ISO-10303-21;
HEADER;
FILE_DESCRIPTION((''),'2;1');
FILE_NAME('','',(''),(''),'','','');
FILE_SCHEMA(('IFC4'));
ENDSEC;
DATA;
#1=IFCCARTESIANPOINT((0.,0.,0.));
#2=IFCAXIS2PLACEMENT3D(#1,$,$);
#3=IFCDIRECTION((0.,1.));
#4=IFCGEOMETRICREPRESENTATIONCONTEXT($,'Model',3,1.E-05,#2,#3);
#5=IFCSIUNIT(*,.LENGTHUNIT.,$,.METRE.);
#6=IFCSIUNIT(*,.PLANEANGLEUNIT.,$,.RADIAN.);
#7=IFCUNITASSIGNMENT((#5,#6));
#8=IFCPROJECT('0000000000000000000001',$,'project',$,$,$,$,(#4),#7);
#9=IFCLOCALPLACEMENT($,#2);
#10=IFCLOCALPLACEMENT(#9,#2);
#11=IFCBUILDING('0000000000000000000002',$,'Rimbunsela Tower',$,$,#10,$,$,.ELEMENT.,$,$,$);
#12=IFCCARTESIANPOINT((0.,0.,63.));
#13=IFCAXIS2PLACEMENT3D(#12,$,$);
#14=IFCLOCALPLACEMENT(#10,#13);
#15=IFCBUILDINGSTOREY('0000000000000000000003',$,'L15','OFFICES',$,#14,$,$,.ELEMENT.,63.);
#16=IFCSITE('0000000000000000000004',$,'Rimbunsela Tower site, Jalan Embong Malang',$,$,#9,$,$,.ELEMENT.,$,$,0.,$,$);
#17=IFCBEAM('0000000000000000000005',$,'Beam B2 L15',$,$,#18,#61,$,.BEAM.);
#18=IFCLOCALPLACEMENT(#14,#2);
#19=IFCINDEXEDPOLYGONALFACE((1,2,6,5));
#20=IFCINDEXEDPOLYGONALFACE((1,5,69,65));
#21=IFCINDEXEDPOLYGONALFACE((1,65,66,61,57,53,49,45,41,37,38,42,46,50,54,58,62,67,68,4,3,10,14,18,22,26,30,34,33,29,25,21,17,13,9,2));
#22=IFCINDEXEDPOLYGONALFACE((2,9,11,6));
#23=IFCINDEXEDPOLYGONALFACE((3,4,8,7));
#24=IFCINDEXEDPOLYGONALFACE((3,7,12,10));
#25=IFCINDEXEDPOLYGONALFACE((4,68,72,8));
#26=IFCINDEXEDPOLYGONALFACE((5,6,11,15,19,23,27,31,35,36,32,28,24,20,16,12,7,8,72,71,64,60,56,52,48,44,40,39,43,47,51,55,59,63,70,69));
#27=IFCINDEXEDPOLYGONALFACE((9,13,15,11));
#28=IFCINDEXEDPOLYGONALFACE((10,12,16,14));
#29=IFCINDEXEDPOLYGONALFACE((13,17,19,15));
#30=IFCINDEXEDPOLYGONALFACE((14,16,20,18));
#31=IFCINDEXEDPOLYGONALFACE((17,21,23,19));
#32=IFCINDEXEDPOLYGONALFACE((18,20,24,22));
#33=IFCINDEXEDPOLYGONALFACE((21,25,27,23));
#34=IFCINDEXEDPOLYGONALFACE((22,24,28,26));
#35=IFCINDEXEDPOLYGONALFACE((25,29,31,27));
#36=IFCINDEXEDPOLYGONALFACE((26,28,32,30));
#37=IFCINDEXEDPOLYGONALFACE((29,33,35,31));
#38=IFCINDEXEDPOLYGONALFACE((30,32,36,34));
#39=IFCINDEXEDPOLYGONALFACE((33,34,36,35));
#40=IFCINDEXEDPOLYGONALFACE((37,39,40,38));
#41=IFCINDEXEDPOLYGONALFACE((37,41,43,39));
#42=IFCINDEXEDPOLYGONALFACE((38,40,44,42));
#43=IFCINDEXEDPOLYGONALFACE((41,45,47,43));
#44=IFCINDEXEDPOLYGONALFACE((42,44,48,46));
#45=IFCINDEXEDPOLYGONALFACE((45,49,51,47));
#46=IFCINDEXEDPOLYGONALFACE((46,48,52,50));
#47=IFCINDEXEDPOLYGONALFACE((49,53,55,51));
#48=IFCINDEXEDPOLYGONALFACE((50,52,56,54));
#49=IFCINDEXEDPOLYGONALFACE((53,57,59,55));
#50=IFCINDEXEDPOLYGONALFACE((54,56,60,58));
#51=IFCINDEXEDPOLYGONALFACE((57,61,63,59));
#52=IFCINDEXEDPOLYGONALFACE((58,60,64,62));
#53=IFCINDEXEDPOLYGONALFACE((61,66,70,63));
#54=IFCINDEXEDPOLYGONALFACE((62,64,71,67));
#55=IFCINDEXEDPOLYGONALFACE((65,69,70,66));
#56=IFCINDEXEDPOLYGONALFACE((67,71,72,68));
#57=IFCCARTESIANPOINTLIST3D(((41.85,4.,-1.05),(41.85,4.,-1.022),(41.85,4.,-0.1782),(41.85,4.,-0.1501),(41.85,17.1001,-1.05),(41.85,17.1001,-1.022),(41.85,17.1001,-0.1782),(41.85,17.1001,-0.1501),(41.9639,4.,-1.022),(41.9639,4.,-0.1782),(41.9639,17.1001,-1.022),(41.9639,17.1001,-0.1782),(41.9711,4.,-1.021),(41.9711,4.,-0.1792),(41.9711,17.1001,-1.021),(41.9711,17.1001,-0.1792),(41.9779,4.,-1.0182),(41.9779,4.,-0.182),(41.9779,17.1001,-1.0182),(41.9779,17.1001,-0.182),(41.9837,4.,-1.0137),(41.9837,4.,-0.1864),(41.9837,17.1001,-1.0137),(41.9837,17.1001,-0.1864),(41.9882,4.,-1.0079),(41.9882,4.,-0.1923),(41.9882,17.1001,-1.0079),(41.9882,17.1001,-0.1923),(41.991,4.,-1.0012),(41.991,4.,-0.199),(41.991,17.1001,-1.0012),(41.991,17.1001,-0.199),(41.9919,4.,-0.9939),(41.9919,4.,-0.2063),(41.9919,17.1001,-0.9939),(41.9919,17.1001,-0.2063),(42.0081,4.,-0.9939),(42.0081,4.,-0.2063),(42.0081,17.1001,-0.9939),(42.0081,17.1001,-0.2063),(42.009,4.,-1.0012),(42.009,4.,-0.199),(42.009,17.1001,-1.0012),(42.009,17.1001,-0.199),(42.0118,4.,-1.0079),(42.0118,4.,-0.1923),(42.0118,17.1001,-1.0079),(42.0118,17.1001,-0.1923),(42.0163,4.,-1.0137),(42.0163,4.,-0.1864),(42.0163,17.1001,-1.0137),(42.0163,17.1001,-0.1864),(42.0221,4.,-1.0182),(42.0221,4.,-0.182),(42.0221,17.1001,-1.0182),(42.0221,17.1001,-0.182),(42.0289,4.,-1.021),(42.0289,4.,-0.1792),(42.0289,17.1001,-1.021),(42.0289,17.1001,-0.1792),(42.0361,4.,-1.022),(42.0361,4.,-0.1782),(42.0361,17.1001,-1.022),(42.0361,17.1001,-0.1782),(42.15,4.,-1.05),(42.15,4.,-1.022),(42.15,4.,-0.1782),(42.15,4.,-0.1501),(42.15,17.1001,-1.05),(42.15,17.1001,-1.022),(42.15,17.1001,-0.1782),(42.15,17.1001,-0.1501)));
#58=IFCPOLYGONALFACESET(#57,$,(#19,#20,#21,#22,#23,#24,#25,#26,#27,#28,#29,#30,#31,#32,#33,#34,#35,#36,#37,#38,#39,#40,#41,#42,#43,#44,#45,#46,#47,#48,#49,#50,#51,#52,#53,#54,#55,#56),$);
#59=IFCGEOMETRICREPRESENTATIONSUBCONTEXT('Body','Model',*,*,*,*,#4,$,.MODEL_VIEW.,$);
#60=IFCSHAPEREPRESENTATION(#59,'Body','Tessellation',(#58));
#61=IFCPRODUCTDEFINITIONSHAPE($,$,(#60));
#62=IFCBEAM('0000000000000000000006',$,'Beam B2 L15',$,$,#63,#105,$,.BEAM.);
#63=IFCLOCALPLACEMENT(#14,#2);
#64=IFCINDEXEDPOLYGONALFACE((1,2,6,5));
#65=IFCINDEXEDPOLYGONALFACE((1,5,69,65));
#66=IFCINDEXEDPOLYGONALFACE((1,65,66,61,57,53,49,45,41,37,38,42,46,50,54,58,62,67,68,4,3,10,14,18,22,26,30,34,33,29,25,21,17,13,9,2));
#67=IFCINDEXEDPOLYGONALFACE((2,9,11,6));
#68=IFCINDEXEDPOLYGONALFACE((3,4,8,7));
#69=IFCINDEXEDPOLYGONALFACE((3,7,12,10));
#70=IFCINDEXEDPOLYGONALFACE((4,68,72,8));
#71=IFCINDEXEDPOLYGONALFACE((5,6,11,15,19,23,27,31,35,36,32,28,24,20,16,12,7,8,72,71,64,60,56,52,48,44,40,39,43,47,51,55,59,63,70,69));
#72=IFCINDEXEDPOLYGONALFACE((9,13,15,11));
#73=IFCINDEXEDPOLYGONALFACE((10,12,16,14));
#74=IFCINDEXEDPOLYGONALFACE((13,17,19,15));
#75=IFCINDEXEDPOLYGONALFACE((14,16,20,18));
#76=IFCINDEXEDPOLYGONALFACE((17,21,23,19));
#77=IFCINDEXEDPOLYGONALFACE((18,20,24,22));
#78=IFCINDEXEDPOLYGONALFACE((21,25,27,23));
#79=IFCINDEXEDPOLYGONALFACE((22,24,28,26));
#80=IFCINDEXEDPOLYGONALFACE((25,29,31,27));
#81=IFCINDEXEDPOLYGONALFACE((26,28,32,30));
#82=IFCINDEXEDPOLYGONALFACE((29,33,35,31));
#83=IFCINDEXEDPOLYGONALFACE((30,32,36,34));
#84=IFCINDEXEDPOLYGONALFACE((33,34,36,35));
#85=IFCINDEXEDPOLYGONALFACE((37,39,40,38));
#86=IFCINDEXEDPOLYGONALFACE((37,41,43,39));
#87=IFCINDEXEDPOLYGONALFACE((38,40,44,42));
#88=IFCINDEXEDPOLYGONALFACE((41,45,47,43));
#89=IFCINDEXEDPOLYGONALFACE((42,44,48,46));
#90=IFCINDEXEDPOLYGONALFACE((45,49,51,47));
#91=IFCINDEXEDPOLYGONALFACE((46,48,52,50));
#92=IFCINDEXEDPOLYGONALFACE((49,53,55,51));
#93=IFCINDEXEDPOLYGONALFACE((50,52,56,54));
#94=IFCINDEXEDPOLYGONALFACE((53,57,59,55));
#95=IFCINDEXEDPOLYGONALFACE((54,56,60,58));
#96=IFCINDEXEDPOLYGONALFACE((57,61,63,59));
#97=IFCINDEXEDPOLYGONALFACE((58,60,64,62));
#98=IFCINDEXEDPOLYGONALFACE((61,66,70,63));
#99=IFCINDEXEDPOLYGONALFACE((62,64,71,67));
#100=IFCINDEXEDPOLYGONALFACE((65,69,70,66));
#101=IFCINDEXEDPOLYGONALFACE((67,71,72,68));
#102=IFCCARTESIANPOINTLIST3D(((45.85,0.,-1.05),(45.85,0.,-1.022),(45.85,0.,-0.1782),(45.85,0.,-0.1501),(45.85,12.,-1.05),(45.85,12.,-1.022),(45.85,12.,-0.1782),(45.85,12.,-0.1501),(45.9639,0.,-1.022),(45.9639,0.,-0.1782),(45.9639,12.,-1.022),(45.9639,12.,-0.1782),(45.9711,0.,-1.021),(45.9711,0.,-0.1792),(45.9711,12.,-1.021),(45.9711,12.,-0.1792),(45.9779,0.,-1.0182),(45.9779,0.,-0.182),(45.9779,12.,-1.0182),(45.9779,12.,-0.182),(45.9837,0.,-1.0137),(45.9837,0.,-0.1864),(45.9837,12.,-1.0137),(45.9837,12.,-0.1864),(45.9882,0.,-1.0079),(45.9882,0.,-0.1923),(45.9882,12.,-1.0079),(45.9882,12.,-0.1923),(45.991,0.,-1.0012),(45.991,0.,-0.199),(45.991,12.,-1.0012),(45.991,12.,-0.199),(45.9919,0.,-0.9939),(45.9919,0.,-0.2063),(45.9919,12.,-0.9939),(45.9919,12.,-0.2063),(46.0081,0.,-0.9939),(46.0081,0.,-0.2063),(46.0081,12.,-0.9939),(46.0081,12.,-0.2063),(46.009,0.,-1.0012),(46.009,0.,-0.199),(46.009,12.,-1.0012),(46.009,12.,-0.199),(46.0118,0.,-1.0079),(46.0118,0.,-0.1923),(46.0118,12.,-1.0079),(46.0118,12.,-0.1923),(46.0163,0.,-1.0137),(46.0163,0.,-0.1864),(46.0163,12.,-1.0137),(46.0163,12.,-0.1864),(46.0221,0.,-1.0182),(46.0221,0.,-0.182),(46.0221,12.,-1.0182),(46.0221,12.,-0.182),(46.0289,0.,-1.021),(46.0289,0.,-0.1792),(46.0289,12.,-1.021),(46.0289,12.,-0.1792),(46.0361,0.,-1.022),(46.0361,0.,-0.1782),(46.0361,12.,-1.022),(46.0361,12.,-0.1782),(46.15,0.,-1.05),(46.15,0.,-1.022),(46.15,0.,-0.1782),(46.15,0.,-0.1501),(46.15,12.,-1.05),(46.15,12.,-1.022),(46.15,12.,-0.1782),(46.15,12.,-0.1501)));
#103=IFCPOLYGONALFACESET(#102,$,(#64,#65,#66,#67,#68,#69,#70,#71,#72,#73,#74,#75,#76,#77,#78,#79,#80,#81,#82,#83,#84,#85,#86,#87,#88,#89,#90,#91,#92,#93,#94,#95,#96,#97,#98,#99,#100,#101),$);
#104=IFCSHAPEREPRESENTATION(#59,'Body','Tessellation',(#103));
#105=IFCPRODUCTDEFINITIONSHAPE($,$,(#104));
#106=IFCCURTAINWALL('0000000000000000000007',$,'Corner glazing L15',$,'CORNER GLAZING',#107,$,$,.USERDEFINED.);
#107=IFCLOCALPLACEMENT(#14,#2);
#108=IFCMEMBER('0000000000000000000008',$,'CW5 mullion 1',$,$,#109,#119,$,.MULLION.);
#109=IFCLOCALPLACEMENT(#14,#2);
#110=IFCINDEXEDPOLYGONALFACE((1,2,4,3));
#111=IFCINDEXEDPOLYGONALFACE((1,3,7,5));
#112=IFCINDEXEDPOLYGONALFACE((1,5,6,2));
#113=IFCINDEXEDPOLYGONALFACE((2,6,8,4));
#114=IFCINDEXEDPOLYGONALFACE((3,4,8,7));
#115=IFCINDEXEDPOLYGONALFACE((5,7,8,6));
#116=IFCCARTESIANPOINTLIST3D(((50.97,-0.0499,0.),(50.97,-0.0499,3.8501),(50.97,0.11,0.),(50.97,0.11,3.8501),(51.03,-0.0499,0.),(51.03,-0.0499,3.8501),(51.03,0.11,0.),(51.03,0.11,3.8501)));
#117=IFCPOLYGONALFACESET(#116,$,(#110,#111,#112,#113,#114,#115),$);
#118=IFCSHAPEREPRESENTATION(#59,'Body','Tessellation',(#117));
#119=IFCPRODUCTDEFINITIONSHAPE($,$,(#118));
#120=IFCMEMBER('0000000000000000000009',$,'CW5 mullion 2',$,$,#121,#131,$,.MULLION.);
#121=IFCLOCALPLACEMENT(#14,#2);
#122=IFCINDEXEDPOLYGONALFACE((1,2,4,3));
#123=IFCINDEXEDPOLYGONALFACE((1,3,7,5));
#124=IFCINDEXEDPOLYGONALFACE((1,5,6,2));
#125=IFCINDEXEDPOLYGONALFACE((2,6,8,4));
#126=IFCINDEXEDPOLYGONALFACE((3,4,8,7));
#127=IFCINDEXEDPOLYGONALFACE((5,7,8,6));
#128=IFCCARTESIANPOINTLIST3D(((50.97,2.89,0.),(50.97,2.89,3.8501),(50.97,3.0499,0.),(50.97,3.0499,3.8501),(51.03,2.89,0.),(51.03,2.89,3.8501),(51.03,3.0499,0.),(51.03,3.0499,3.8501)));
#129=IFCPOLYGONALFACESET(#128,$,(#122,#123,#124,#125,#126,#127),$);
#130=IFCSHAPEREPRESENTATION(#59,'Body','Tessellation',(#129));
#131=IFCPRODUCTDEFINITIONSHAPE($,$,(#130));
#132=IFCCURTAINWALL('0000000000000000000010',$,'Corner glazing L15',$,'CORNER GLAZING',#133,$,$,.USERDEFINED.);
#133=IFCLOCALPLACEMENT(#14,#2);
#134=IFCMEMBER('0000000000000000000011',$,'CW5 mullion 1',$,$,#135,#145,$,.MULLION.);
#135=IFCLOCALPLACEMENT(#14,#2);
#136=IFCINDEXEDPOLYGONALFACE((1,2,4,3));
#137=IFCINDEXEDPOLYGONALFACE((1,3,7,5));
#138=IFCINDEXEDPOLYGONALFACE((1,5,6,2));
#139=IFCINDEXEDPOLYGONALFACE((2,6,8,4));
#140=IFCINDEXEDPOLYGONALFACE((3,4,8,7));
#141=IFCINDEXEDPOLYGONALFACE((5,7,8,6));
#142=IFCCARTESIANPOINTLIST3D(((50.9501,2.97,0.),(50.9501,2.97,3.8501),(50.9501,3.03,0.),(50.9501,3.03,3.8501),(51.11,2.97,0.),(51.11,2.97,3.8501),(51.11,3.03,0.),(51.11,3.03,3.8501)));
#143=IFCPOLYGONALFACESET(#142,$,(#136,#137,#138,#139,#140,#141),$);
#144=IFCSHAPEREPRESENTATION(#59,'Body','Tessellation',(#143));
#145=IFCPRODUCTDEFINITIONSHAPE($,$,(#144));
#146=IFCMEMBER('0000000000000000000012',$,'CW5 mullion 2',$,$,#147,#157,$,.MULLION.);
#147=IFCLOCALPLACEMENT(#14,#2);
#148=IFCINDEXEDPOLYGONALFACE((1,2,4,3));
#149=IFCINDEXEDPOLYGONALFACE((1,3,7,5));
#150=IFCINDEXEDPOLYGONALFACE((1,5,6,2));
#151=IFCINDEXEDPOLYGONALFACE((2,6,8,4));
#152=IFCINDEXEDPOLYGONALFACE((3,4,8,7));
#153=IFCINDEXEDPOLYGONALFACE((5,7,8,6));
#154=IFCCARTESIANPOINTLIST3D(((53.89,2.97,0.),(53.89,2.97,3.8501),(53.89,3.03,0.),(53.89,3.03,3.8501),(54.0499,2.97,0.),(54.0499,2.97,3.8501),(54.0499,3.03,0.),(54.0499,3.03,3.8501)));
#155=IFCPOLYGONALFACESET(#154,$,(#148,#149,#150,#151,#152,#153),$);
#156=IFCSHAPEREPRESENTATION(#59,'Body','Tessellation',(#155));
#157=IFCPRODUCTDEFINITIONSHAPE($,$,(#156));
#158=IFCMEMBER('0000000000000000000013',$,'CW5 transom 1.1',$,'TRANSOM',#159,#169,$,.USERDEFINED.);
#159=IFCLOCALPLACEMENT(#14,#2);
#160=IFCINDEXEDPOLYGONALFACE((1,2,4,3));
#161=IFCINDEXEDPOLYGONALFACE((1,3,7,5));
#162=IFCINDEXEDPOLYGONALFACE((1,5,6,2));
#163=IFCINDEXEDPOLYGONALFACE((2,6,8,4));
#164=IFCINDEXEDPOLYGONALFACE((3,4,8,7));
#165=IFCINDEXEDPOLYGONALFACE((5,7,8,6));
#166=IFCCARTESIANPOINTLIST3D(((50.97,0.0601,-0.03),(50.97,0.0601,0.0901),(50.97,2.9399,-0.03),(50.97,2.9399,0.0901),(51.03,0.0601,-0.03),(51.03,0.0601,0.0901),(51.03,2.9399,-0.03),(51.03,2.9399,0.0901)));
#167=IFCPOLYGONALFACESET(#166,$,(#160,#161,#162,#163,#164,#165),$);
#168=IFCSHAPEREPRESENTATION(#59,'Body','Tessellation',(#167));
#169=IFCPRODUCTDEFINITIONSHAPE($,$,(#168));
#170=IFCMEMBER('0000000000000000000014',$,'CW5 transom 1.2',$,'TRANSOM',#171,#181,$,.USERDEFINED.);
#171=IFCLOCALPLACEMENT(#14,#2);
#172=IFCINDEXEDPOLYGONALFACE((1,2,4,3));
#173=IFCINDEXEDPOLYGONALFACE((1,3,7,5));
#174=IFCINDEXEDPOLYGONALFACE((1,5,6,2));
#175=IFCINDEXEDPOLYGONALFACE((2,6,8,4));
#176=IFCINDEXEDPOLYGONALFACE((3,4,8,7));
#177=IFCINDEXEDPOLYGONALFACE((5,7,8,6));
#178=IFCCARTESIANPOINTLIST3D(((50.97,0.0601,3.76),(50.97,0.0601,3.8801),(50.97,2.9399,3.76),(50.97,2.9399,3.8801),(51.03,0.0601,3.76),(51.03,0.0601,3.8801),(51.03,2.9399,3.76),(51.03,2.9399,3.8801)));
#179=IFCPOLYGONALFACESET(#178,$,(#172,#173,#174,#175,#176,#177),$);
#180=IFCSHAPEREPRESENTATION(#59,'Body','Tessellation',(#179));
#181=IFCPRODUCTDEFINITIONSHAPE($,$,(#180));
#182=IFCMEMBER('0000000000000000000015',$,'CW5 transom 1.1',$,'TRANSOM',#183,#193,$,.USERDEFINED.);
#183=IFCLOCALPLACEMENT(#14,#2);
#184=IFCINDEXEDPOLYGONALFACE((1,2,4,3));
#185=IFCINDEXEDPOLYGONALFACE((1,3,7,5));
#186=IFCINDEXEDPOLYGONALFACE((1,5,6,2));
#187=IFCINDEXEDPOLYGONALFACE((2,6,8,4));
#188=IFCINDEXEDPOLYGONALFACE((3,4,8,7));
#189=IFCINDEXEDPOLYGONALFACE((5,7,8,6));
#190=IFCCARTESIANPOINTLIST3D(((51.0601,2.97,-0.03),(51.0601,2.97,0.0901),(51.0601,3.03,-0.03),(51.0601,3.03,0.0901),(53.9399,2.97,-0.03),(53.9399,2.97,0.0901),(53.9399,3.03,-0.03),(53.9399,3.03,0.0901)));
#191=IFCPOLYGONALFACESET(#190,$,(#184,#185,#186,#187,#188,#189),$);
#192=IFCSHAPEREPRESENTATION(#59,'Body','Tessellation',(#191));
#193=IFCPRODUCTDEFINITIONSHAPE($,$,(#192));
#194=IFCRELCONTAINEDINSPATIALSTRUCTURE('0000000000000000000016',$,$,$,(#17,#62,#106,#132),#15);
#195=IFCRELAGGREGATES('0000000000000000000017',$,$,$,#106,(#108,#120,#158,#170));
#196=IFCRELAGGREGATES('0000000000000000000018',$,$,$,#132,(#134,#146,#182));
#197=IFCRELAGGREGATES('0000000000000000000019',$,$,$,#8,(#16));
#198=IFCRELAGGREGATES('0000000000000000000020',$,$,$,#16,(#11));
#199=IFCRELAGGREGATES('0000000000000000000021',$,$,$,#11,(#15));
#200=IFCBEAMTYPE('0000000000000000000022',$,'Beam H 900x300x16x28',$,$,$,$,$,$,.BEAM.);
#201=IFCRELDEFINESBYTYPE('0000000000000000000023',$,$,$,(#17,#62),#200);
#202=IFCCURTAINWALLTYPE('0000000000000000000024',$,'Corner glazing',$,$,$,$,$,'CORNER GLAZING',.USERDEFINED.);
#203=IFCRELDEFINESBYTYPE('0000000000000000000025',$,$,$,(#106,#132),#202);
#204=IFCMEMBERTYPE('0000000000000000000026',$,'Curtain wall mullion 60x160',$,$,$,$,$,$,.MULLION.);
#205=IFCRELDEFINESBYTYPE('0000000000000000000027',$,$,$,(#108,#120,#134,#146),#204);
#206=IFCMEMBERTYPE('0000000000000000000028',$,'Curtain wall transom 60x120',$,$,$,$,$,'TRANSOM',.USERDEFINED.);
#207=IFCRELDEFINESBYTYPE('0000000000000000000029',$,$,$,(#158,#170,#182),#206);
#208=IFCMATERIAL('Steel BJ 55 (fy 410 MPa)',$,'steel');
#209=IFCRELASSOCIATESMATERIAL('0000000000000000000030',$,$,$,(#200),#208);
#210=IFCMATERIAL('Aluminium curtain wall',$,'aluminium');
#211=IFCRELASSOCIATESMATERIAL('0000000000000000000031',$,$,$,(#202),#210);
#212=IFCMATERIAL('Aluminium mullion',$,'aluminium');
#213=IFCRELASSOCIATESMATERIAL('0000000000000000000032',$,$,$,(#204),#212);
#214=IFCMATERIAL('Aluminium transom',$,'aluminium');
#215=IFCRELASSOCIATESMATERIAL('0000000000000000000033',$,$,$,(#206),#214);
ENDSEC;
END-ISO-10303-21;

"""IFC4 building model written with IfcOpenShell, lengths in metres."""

from ifc_helpers import new_model, si_unit, direction, frame, origin, origin_2d, place, context, subcontext, project, spatial, rectangle, i_section, extrude, material, material_profile, profile_set, type_object, element, aggregate, save


model = new_model("IFC4")

# Units and contexts
model_context = context("Model", 3, precision=1e-05, world=origin(), true_north=direction((0.0, 1.0)))
body_context = subcontext(model_context, "Body", "Model", "MODEL_VIEW")
ifc_project = project(units=[si_unit("LENGTHUNIT", "METRE"), si_unit("PLANEANGLEUNIT", "RADIAN")], contexts=[model_context])

# Site, building, storey
site_placement = place(None, origin())
site = spatial("IfcSite", under=ifc_project, at=site_placement, Name="Rimbunsela Tower site, Jalan Embong Malang", CompositionType="ELEMENT", RefElevation=0.0)
building_placement = place(site_placement, origin())
building = spatial("IfcBuilding", under=site, at=building_placement, Name="Rimbunsela Tower", CompositionType="ELEMENT")
storey_placement = place(building_placement, frame((0.0, 0.0, 63.0)))
storey = spatial("IfcBuildingStorey", under=building, at=storey_placement, Name="L15", Description="OFFICES", CompositionType="ELEMENT", Elevation=63.0)

# Beams
ifc_material_1 = material(Name="Steel BJ 55 (fy 410 MPa)", Category="steel")
ifc_material_profile_1 = material_profile(ifc_material_1, i_section(OverallWidth=0.3, OverallDepth=0.8999, WebThickness=0.0161, FlangeThickness=0.0281, FilletRadius=0.0281, at=origin_2d()), Name="H 900x300x16x28")
ifc_profile_set_1 = profile_set([ifc_material_profile_1], Name="Steel BJ 55 (fy 410 MPa)")
beam_type_1 = type_object("IfcBeamType", Name="Beam H 900x300x16x28", PredefinedType="BEAM", material=ifc_profile_set_1)
beam_1_placement = place(storey_placement, frame((42.0, 4.0, -0.6001), z_axis=(0.0, 1.0, 0.0), x_axis=(-1.0, 0.0, 0.0)))
element("IfcBeam", 1, at=beam_1_placement, inside=storey, type_object=beam_type_1, Name="Beam B2 L15", PredefinedType="BEAM", context=body_context, shape_type="SweptSolid", body=[
    extrude(i_section(OverallWidth=0.3, OverallDepth=0.8999, WebThickness=0.0161, FlangeThickness=0.0281, FilletRadius=0.0281, at=origin_2d()), origin(), (0.0, 0.0, 1.0), 13.1001),
])
beam_2_placement = place(storey_placement, frame((46.0, 0.0, -0.6001), z_axis=(0.0, 1.0, 0.0), x_axis=(-1.0, 0.0, 0.0)))
element("IfcBeam", 2, at=beam_2_placement, inside=storey, type_object=beam_type_1, Name="Beam B2 L15", PredefinedType="BEAM", context=body_context, shape_type="SweptSolid", body=[
    extrude(i_section(OverallWidth=0.3, OverallDepth=0.8999, WebThickness=0.0161, FlangeThickness=0.0281, FilletRadius=0.0281, at=origin_2d()), origin(), (0.0, 0.0, 1.0), 12.0),
])

# Curtain walls, members
ifc_material_2 = material(Name="Aluminium curtain wall", Category="aluminium")
curtain_wall_type = type_object("IfcCurtainWallType", Name="Corner glazing", ElementType="CORNER GLAZING", PredefinedType="USERDEFINED", material=ifc_material_2)
curtain_wall_1_placement = place(storey_placement, origin())
curtain_wall_1 = element("IfcCurtainWall", 3, at=curtain_wall_1_placement, inside=storey, type_object=curtain_wall_type, Name="Corner glazing L15", ObjectType="CORNER GLAZING", PredefinedType="USERDEFINED")
ifc_material_3 = material(Name="Aluminium mullion", Category="aluminium")
ifc_material_profile_2 = material_profile(ifc_material_3, rectangle(XDim=0.0601, YDim=0.1599, at=origin_2d()), Name="Mullion 60x160")
ifc_profile_set_2 = profile_set([ifc_material_profile_2], Name="Aluminium mullion")
member_type_1 = type_object("IfcMemberType", Name="Curtain wall mullion 60x160", PredefinedType="MULLION", material=ifc_profile_set_2)
member_1_placement = place(storey_placement, frame((51.0, 0.03, 0.0), z_axis=(0.0, 0.0, 1.0), x_axis=(-1.0, 0.0, 0.0)))
member_1 = element("IfcMember", 4, at=member_1_placement, type_object=member_type_1, Name="CW5 mullion 1", PredefinedType="MULLION", context=body_context, shape_type="SweptSolid", body=[
    extrude(rectangle(XDim=0.0601, YDim=0.1599, at=origin_2d()), origin(), (0.0, 0.0, 1.0), 3.8501),
])
member_2_placement = place(storey_placement, frame((51.0, 2.97, 0.0), z_axis=(0.0, 0.0, 1.0), x_axis=(-1.0, 0.0, 0.0)))
member_2 = element("IfcMember", 5, at=member_2_placement, type_object=member_type_1, Name="CW5 mullion 2", PredefinedType="MULLION", context=body_context, shape_type="SweptSolid", body=[
    extrude(rectangle(XDim=0.0601, YDim=0.1599, at=origin_2d()), origin(), (0.0, 0.0, 1.0), 3.8501),
])
curtain_wall_2_placement = place(storey_placement, origin())
curtain_wall_2 = element("IfcCurtainWall", 6, at=curtain_wall_2_placement, inside=storey, type_object=curtain_wall_type, Name="Corner glazing L15", ObjectType="CORNER GLAZING", PredefinedType="USERDEFINED")
member_3_placement = place(storey_placement, frame((51.03, 3.0, 0.0), z_axis=(0.0, 0.0, 1.0), x_axis=(0.0, 1.0, 0.0)))
member_3 = element("IfcMember", 7, at=member_3_placement, type_object=member_type_1, Name="CW5 mullion 1", PredefinedType="MULLION", context=body_context, shape_type="SweptSolid", body=[
    extrude(rectangle(XDim=0.0601, YDim=0.1599, at=origin_2d()), origin(), (0.0, 0.0, 1.0), 3.8501),
])
member_4_placement = place(storey_placement, frame((53.97, 3.0, 0.0), z_axis=(0.0, 0.0, 1.0), x_axis=(0.0, 1.0, 0.0)))
member_4 = element("IfcMember", 8, at=member_4_placement, type_object=member_type_1, Name="CW5 mullion 2", PredefinedType="MULLION", context=body_context, shape_type="SweptSolid", body=[
    extrude(rectangle(XDim=0.0601, YDim=0.1599, at=origin_2d()), origin(), (0.0, 0.0, 1.0), 3.8501),
])

# Members
ifc_material_4 = material(Name="Aluminium transom", Category="aluminium")
ifc_material_profile_3 = material_profile(ifc_material_4, rectangle(XDim=0.0601, YDim=0.1201, at=origin_2d()), Name="Transom 60x120")
ifc_profile_set_3 = profile_set([ifc_material_profile_3], Name="Aluminium transom")
member_type_2 = type_object("IfcMemberType", Name="Curtain wall transom 60x120", ElementType="TRANSOM", PredefinedType="USERDEFINED", material=ifc_profile_set_3)
member_5_placement = place(storey_placement, frame((51.0, 0.0601, 0.03), z_axis=(0.0, 1.0, 0.0), x_axis=(-1.0, 0.0, 0.0)))
member_5 = element("IfcMember", 9, at=member_5_placement, type_object=member_type_2, Name="CW5 transom 1.1", ObjectType="TRANSOM", PredefinedType="USERDEFINED", context=body_context, shape_type="SweptSolid", body=[
    extrude(rectangle(XDim=0.0601, YDim=0.1201, at=origin_2d()), origin(), (0.0, 0.0, 1.0), 2.8799),
])
member_6_placement = place(storey_placement, frame((51.0, 0.0601, 3.8201), z_axis=(0.0, 1.0, 0.0), x_axis=(-1.0, 0.0, 0.0)))
member_6 = element("IfcMember", 10, at=member_6_placement, type_object=member_type_2, Name="CW5 transom 1.2", ObjectType="TRANSOM", PredefinedType="USERDEFINED", context=body_context, shape_type="SweptSolid", body=[
    extrude(rectangle(XDim=0.0601, YDim=0.1201, at=origin_2d()), origin(), (0.0, 0.0, 1.0), 2.8799),
])
member_7_placement = place(storey_placement, frame((51.0601, 3.0, 0.03), z_axis=(1.0, 0.0, 0.0), x_axis=(0.0, 1.0, 0.0)))
member_7 = element("IfcMember", 11, at=member_7_placement, type_object=member_type_2, Name="CW5 transom 1.1", ObjectType="TRANSOM", PredefinedType="USERDEFINED", context=body_context, shape_type="SweptSolid", body=[
    extrude(rectangle(XDim=0.0601, YDim=0.1201, at=origin_2d()), origin(), (0.0, 0.0, 1.0), 2.8799),
])

aggregate(curtain_wall_1, [member_1, member_2, member_5, member_6])
aggregate(curtain_wall_2, [member_3, member_4, member_7])

save(model, "model.ifc")
